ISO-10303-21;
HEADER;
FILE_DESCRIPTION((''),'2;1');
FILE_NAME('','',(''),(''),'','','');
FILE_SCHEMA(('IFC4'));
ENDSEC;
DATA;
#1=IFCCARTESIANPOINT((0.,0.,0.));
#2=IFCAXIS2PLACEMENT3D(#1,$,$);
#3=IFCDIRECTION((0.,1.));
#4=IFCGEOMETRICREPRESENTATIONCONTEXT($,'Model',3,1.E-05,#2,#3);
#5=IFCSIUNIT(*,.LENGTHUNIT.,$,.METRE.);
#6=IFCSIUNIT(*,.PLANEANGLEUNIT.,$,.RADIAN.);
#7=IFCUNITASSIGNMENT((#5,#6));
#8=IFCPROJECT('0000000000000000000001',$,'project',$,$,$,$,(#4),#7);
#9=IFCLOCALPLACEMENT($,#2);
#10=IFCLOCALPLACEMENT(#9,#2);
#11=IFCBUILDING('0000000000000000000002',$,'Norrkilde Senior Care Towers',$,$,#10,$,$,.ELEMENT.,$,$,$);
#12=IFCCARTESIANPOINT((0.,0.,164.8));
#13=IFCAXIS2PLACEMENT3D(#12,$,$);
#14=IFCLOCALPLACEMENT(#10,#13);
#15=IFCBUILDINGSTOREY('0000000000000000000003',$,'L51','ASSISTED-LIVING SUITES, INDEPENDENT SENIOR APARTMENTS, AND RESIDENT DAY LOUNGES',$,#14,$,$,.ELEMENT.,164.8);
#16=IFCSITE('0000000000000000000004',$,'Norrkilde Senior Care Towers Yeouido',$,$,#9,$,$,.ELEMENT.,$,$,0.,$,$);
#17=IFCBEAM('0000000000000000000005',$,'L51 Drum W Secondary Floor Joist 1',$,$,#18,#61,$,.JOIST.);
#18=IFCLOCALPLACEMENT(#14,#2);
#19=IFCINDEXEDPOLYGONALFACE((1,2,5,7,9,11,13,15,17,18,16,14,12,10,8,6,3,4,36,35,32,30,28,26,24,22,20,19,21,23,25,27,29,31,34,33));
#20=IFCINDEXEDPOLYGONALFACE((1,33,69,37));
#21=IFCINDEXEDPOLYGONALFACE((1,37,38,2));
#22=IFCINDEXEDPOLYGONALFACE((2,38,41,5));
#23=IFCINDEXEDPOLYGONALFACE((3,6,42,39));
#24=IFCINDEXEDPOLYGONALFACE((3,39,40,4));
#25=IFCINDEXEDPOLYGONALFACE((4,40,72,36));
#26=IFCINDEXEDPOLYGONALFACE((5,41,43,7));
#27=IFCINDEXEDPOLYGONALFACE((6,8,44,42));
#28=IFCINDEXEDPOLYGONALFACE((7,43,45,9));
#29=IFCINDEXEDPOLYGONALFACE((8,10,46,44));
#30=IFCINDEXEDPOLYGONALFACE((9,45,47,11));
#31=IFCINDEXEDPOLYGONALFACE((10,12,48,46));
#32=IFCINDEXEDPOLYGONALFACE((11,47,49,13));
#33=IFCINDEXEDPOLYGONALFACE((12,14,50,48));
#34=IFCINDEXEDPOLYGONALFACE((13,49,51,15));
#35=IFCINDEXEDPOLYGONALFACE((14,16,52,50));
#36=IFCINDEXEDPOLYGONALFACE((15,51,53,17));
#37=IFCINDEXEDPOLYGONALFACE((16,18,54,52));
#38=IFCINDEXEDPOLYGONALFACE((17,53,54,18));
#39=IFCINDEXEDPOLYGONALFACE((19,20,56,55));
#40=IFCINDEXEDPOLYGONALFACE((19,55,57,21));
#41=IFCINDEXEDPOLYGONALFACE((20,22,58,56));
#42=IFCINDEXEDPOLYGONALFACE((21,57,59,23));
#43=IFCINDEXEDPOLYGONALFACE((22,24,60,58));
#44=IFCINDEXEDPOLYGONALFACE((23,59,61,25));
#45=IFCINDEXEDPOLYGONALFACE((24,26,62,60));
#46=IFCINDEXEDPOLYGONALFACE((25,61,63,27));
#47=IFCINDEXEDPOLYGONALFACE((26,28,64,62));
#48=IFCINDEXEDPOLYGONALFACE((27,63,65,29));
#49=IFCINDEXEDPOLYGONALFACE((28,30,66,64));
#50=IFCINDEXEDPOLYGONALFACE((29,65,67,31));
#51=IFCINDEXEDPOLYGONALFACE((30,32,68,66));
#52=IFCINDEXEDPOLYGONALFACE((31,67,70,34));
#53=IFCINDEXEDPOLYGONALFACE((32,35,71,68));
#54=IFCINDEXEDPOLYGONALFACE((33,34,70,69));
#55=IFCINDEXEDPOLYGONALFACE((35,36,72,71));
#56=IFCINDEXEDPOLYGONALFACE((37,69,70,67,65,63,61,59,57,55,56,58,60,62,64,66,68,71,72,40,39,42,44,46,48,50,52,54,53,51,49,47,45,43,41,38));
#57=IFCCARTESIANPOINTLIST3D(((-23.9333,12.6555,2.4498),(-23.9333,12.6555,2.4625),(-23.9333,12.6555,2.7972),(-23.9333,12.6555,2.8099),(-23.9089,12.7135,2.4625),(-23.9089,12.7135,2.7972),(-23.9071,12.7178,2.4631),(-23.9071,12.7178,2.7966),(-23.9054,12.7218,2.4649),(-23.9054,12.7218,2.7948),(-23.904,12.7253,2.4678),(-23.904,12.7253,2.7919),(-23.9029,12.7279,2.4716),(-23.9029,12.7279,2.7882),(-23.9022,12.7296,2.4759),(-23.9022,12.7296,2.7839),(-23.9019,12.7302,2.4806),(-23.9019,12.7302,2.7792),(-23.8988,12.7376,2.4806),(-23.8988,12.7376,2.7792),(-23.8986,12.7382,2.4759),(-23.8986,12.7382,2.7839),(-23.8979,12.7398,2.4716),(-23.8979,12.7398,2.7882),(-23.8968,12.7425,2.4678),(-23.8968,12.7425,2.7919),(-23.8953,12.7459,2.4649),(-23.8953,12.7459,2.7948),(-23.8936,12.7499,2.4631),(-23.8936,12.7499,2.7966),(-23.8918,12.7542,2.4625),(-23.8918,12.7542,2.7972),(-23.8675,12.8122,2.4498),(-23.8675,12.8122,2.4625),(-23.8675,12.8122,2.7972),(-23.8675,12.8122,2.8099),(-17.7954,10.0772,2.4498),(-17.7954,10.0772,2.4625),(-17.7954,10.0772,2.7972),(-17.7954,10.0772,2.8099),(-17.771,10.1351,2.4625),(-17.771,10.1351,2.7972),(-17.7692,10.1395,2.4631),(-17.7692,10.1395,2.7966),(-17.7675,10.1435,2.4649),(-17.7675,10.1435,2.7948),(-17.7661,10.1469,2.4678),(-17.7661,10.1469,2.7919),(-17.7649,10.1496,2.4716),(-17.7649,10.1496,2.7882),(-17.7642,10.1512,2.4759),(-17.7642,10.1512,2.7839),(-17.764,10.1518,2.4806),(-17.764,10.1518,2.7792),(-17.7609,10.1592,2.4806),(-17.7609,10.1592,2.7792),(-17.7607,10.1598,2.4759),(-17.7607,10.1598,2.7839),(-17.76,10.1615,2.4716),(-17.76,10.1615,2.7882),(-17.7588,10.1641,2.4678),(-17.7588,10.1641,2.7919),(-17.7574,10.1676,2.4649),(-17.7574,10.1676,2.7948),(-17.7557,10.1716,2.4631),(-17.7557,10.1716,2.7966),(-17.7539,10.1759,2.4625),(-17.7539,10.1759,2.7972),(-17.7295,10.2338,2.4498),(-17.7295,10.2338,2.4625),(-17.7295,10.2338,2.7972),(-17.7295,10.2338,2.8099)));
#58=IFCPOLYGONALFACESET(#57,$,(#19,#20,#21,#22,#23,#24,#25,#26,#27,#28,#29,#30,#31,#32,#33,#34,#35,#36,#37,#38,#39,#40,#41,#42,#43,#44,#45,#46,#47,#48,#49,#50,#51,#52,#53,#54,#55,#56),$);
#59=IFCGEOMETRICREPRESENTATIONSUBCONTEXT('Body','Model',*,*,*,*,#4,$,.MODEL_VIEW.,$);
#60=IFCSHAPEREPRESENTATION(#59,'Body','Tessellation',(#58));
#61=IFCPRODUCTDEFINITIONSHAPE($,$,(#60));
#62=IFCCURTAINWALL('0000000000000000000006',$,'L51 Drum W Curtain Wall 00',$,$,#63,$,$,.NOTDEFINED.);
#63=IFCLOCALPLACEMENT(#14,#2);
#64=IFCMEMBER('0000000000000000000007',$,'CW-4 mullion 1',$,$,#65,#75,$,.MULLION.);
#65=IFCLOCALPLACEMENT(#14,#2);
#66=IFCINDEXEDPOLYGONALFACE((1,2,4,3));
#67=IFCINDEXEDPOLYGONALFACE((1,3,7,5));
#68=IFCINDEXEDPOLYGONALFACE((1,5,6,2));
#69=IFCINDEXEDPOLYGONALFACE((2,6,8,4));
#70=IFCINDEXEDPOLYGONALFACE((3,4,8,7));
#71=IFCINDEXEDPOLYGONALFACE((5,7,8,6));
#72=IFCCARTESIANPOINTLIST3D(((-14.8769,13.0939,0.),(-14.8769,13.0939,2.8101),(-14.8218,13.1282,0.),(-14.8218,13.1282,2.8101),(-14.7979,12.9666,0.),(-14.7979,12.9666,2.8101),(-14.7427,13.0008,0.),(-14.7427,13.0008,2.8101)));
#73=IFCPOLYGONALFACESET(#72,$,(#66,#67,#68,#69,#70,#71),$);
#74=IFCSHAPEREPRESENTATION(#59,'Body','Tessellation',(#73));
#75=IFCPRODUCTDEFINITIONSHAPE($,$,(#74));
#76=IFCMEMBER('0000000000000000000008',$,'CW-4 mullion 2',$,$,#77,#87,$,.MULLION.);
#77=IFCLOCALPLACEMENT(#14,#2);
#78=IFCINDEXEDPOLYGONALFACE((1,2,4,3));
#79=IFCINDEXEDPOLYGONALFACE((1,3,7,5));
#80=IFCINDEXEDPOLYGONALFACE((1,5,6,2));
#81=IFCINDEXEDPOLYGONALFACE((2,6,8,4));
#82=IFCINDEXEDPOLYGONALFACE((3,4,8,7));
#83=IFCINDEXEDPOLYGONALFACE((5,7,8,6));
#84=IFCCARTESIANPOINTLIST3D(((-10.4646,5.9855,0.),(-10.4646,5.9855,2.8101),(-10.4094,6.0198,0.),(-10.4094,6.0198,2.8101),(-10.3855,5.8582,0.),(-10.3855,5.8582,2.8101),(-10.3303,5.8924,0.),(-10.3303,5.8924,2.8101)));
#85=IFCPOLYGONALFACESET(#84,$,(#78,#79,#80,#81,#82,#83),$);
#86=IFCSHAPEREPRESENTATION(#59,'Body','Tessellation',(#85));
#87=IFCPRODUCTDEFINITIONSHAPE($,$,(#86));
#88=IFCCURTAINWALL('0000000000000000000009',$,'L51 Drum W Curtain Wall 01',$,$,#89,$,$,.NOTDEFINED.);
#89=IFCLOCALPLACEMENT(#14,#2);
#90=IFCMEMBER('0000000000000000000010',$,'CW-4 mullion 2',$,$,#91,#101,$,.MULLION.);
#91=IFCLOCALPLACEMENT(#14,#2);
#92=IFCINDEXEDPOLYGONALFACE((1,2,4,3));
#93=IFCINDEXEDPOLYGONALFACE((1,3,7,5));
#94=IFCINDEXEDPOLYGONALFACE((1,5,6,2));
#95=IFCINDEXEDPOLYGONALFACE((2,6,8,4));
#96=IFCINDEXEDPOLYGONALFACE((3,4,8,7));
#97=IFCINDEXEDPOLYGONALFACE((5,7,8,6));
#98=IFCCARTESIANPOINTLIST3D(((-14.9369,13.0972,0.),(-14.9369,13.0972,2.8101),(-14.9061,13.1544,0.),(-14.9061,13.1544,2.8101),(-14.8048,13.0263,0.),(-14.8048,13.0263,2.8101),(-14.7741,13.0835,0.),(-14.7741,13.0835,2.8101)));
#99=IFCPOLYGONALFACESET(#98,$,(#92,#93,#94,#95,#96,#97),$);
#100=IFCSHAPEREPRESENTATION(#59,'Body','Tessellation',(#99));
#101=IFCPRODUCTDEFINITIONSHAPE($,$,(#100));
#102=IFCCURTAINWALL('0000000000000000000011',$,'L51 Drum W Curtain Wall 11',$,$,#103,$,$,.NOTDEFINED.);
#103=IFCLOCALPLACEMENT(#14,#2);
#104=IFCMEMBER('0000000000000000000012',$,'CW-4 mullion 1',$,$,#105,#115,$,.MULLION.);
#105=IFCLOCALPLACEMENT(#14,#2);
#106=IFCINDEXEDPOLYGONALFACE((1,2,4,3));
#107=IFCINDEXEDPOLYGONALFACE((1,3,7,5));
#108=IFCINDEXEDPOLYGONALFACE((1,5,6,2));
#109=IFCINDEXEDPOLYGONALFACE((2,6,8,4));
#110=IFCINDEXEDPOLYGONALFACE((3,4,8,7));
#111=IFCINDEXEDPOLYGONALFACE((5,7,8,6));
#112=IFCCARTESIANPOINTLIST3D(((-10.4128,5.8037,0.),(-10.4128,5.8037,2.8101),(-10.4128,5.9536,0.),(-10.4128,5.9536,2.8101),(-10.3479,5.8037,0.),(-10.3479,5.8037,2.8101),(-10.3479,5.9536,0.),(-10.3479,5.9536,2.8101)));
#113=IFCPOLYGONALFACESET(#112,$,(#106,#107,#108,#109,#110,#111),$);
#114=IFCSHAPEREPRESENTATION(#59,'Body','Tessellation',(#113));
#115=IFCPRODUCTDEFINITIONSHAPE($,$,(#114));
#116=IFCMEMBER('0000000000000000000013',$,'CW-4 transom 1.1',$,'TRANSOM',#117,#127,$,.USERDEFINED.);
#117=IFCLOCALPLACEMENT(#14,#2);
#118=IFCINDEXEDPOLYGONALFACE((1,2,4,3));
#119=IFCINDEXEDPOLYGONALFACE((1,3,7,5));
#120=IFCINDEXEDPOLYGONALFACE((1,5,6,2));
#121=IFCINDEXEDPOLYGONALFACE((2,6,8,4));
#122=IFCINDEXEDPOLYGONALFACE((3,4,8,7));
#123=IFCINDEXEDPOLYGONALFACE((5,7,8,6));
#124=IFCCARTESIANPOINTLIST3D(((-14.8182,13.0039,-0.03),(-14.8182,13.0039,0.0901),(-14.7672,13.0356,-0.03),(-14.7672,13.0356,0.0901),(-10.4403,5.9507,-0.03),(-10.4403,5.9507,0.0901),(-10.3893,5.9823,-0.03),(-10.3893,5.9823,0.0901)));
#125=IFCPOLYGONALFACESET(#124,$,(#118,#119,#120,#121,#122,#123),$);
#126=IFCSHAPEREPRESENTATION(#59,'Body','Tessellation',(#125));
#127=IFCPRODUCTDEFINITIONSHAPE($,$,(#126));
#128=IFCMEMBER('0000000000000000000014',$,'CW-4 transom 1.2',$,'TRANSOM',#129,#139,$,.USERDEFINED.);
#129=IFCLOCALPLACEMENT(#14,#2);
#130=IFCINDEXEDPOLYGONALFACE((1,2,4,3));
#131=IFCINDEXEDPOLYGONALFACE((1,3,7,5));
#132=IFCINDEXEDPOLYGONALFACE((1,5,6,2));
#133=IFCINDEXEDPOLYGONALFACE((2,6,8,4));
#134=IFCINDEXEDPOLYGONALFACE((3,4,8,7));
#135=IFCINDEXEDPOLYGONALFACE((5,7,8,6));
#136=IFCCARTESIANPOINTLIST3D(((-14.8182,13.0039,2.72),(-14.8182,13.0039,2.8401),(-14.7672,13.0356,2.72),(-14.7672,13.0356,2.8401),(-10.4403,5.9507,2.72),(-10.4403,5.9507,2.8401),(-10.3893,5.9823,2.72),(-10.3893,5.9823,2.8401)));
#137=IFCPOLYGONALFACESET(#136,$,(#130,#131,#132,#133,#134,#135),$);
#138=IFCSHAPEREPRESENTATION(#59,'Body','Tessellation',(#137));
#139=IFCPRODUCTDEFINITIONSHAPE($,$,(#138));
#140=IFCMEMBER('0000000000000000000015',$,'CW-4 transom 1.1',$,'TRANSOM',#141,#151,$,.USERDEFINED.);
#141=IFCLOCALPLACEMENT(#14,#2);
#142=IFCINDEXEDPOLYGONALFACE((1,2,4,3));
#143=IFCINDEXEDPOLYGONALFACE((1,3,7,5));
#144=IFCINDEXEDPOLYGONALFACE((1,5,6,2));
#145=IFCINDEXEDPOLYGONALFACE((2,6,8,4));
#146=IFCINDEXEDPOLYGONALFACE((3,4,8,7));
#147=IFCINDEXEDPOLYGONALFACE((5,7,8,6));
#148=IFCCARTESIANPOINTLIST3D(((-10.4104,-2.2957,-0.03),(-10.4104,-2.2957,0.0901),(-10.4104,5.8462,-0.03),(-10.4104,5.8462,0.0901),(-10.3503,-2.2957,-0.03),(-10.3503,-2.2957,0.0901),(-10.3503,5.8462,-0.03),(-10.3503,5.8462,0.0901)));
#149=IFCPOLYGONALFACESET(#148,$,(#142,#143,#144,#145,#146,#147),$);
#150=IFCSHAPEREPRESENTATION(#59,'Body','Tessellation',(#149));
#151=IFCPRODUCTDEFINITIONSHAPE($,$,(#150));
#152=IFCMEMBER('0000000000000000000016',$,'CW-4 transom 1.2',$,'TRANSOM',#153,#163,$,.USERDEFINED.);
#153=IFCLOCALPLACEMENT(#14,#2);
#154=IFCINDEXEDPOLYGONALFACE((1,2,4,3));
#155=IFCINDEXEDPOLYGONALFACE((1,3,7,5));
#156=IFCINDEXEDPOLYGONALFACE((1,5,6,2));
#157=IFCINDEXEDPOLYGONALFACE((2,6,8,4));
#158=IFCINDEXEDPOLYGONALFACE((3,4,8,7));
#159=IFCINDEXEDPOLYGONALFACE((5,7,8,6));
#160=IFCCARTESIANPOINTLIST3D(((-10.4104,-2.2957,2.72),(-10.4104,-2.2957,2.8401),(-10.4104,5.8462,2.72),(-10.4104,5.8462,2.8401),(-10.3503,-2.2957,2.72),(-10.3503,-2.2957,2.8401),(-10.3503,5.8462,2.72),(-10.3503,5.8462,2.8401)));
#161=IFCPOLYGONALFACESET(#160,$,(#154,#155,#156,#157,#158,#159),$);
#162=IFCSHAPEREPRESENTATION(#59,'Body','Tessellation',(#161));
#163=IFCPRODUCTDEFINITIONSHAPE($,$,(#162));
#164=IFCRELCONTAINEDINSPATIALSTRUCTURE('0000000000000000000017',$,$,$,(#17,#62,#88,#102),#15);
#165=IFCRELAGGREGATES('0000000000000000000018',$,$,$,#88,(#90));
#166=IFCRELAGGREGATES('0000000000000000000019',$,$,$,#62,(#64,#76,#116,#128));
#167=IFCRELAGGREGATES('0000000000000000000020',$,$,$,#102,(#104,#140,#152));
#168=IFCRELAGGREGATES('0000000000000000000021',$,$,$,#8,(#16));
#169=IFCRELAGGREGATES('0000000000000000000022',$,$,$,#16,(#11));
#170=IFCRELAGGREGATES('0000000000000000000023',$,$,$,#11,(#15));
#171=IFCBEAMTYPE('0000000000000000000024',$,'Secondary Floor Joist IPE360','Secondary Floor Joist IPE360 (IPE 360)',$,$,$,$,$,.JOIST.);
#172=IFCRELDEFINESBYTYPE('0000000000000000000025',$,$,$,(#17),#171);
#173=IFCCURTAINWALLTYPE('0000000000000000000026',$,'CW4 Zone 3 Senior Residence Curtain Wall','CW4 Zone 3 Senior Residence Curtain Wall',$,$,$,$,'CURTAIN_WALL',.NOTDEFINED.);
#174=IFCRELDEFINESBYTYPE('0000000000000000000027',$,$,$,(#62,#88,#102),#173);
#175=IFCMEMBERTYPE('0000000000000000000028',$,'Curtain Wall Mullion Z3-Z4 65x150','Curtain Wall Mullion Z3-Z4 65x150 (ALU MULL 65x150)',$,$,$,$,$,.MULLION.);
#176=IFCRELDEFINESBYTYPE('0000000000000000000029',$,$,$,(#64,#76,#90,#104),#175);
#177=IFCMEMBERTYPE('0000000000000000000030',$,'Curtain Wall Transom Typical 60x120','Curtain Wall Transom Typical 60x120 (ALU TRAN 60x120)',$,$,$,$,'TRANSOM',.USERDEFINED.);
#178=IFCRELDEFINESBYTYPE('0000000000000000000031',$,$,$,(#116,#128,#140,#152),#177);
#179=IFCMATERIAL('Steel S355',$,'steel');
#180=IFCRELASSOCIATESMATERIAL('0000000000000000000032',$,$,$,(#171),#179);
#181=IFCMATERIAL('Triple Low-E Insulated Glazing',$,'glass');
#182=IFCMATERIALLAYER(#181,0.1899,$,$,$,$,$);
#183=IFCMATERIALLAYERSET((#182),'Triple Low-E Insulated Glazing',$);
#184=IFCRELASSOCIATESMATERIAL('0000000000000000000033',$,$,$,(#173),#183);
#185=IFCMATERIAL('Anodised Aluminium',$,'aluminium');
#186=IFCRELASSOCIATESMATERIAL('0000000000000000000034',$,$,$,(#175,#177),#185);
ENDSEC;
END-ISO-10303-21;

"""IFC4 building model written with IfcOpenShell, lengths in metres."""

from ifc_helpers import new_model, si_unit, direction, frame, origin, origin_2d, place, context, subcontext, project, spatial, rectangle, i_section, extrude, source, transform, mapped, material, layer, layer_set, material_profile, profile_set, type_object, type_shapes, element, aggregate, save


model = new_model("IFC4")

# Units and contexts
model_context = context("Model", 3, precision=1e-05, world=origin(), true_north=direction((0.0, 1.0)))
body_context = subcontext(model_context, "Body", "Model", "MODEL_VIEW")
ifc_project = project(units=[si_unit("LENGTHUNIT", "METRE"), si_unit("PLANEANGLEUNIT", "RADIAN")], contexts=[model_context])

# Site, building, storey
site_placement = place(None, origin())
site = spatial("IfcSite", under=ifc_project, at=site_placement, Name="Norrkilde Senior Care Towers Yeouido", CompositionType="ELEMENT", RefElevation=0.0)
building_placement = place(site_placement, origin())
building = spatial("IfcBuilding", under=site, at=building_placement, Name="Norrkilde Senior Care Towers", CompositionType="ELEMENT")
storey_placement = place(building_placement, frame((0.0, 0.0, 164.8)))
storey = spatial("IfcBuildingStorey", under=building, at=storey_placement, Name="L51", Description="ASSISTED-LIVING SUITES, INDEPENDENT SENIOR APARTMENTS, AND RESIDENT DAY LOUNGES", CompositionType="ELEMENT", Elevation=164.8)

# Beam
ifc_material_1 = material(Name="Steel S355", Category="steel")
ifc_material_profile_1 = material_profile(ifc_material_1, i_section(OverallWidth=0.1699, OverallDepth=0.3601, WebThickness=0.0081, FlangeThickness=0.0127, FilletRadius=0.0181, at=origin_2d()), Name="IPE 360")
ifc_profile_set_1 = profile_set([ifc_material_profile_1], Name="Steel S355")
beam_type_1 = type_object("IfcBeamType", Name="Secondary Floor Joist IPE360", Description="Secondary Floor Joist IPE360 (IPE 360)", PredefinedType="JOIST", material=ifc_profile_set_1)
shared_shape_1 = source(origin(), body_context, "Body", "SweptSolid", [
    extrude(i_section(OverallWidth=0.1699, OverallDepth=0.3601, WebThickness=0.0081, FlangeThickness=0.0127, FilletRadius=0.0181, at=origin_2d()), origin(), (0.0, 0.0, 1.0), 6.6575),
])
type_shapes(beam_type_1, [shared_shape_1])
beam_1_placement = place(storey_placement, frame((-17.7625, 10.1555, 2.6299), z_axis=(-0.921959, 0.387288, 0.0), x_axis=(-0.387288, -0.921959, 0.0)))
element("IfcBeam", 1, at=beam_1_placement, inside=storey, type_object=beam_type_1, Name="L51 Drum W Secondary Floor Joist 1", PredefinedType="JOIST", context=body_context, shape_type="MappedRepresentation", body=[
    mapped(shared_shape_1, transform((0.0, 0.0, 0.0), x_axis=(1.0, 0.0, 0.0), y_axis=(0.0, 1.0, 0.0), z_axis=(0.0, 0.0, 1.0), scale=1.0)),
])

# Curtain wall, members
ifc_material_2 = material(Name="Triple Low-E Insulated Glazing", Category="glass")
ifc_layer_1 = layer(ifc_material_2, 0.1899)
ifc_layer_set_1 = layer_set([ifc_layer_1], Name="Triple Low-E Insulated Glazing")
curtain_wall_type = type_object("IfcCurtainWallType", Name="CW4 Zone 3 Senior Residence Curtain Wall", Description="CW4 Zone 3 Senior Residence Curtain Wall", ElementType="CURTAIN_WALL", PredefinedType="NOTDEFINED", material=ifc_layer_set_1)
curtain_wall_1_placement = place(storey_placement, origin())
curtain_wall_1 = element("IfcCurtainWall", 2, at=curtain_wall_1_placement, inside=storey, type_object=curtain_wall_type, Name="L51 Drum W Curtain Wall 00", PredefinedType="NOTDEFINED")
ifc_material_3 = material(Name="Anodised Aluminium", Category="aluminium")
ifc_material_profile_2 = material_profile(ifc_material_3, rectangle(XDim=0.0649, YDim=0.1499, at=origin_2d()), Name="ALU MULL 65x150")
ifc_profile_set_2 = profile_set([ifc_material_profile_2], Name="Anodised Aluminium")
member_type_1 = type_object("IfcMemberType", Name="Curtain Wall Mullion Z3-Z4 65x150", Description="Curtain Wall Mullion Z3-Z4 65x150 (ALU MULL 65x150)", PredefinedType="MULLION", material=ifc_profile_set_2)
shared_shape_2 = source(origin(), body_context, "Body", "SweptSolid", [
    extrude(rectangle(XDim=0.0649, YDim=0.1499, at=origin_2d()), origin(), (0.0, 0.0, 1.0), 2.8101),
])
type_shapes(member_type_1, [shared_shape_2])
member_1_placement = place(storey_placement, frame((-14.8098, 13.0474, 0.0), z_axis=(0.0, 0.0, 1.0), x_axis=(0.849634, 0.527373, 0.0)))
member_1 = element("IfcMember", 3, at=member_1_placement, type_object=member_type_1, Name="CW-4 mullion 1", PredefinedType="MULLION", context=body_context, shape_type="MappedRepresentation", body=[
    mapped(shared_shape_2, transform((0.0, 0.0, 0.0), x_axis=(1.0, 0.0, 0.0), y_axis=(0.0, 1.0, 0.0), z_axis=(0.0, 0.0, 1.0), scale=1.0)),
])
member_2_placement = place(storey_placement, frame((-10.3975, 5.939, 0.0), z_axis=(0.0, 0.0, 1.0), x_axis=(0.849634, 0.527373, 0.0)))
member_2 = element("IfcMember", 4, at=member_2_placement, type_object=member_type_1, Name="CW-4 mullion 2", PredefinedType="MULLION", context=body_context, shape_type="MappedRepresentation", body=[
    mapped(shared_shape_2, transform((0.0, 0.0, 0.0), x_axis=(1.0, 0.0, 0.0), y_axis=(0.0, 1.0, 0.0), z_axis=(0.0, 0.0, 1.0), scale=1.0)),
])

# Curtain walls, members
curtain_wall_2_placement = place(storey_placement, origin())
curtain_wall_2 = element("IfcCurtainWall", 5, at=curtain_wall_2_placement, inside=storey, type_object=curtain_wall_type, Name="L51 Drum W Curtain Wall 01", PredefinedType="NOTDEFINED")
member_3_placement = place(storey_placement, frame((-14.8555, 13.0903, 0.0), z_axis=(0.0, 0.0, 1.0), x_axis=(0.473117, 0.881, 0.0)))
member_3 = element("IfcMember", 6, at=member_3_placement, type_object=member_type_1, Name="CW-4 mullion 2", PredefinedType="MULLION", context=body_context, shape_type="MappedRepresentation", body=[
    mapped(shared_shape_2, transform((0.0, 0.0, 0.0), x_axis=(1.0, 0.0, 0.0), y_axis=(0.0, 1.0, 0.0), z_axis=(0.0, 0.0, 1.0), scale=1.0)),
])
aggregate(curtain_wall_2, [member_3])
curtain_wall_3_placement = place(storey_placement, origin())
curtain_wall_3 = element("IfcCurtainWall", 7, at=curtain_wall_3_placement, inside=storey, type_object=curtain_wall_type, Name="L51 Drum W Curtain Wall 11", PredefinedType="NOTDEFINED")
member_4_placement = place(storey_placement, frame((-10.3804, 5.8787, 0.0), z_axis=(0.0, 0.0, 1.0), x_axis=(1.0, 0.0, 0.0)))
member_4 = element("IfcMember", 8, at=member_4_placement, type_object=member_type_1, Name="CW-4 mullion 1", PredefinedType="MULLION", context=body_context, shape_type="MappedRepresentation", body=[
    mapped(shared_shape_2, transform((0.0, 0.0, 0.0), x_axis=(1.0, 0.0, 0.0), y_axis=(0.0, 1.0, 0.0), z_axis=(0.0, 0.0, 1.0), scale=1.0)),
])

# Members
ifc_material_profile_3 = material_profile(ifc_material_3, rectangle(XDim=0.0601, YDim=0.1201, at=origin_2d()), Name="ALU TRAN 60x120")
ifc_profile_set_3 = profile_set([ifc_material_profile_3], Name="Anodised Aluminium")
member_type_2 = type_object("IfcMemberType", Name="Curtain Wall Transom Typical 60x120", Description="Curtain Wall Transom Typical 60x120 (ALU TRAN 60x120)", ElementType="TRANSOM", PredefinedType="USERDEFINED", material=ifc_profile_set_3)
shared_shape_3 = source(origin(), body_context, "Body", "SweptSolid", [
    extrude(rectangle(XDim=0.0601, YDim=0.1201, at=origin_2d()), origin(), (0.0, 0.0, 1.0), 8.3015),
])
member_5_placement = place(storey_placement, frame((-14.7927, 13.0198, 0.03), z_axis=(0.527369, -0.849637, 0.0), x_axis=(0.849637, 0.527369, 0.0)))
member_5 = element("IfcMember", 9, at=member_5_placement, type_object=member_type_2, Name="CW-4 transom 1.1", ObjectType="TRANSOM", PredefinedType="USERDEFINED", context=body_context, shape_type="MappedRepresentation", body=[
    mapped(shared_shape_3, transform((0.0, 0.0, 0.0), x_axis=(1.0, 0.0, 0.0), y_axis=(0.0, 1.0, 0.0), z_axis=(0.0, 0.0, 1.0), scale=1.0)),
])
member_6_placement = place(storey_placement, frame((-14.7927, 13.0198, 2.78), z_axis=(0.527369, -0.849637, 0.0), x_axis=(0.849637, 0.527369, 0.0)))
member_6 = element("IfcMember", 10, at=member_6_placement, type_object=member_type_2, Name="CW-4 transom 1.2", ObjectType="TRANSOM", PredefinedType="USERDEFINED", context=body_context, shape_type="MappedRepresentation", body=[
    mapped(shared_shape_3, transform((0.0, 0.0, 0.0), x_axis=(1.0, 0.0, 0.0), y_axis=(0.0, 1.0, 0.0), z_axis=(0.0, 0.0, 1.0), scale=1.0)),
])
shared_shape_4 = source(origin(), body_context, "Body", "SweptSolid", [
    extrude(rectangle(XDim=0.0601, YDim=0.1201, at=origin_2d()), origin(), (0.0, 0.0, 1.0), 8.1418),
])
type_shapes(member_type_2, [shared_shape_3, shared_shape_4])
member_7_placement = place(storey_placement, frame((-10.3804, 5.8462, 0.03), z_axis=(0.0, -1.0, 0.0), x_axis=(1.0, 0.0, 0.0)))
member_7 = element("IfcMember", 11, at=member_7_placement, type_object=member_type_2, Name="CW-4 transom 1.1", ObjectType="TRANSOM", PredefinedType="USERDEFINED", context=body_context, shape_type="MappedRepresentation", body=[
    mapped(shared_shape_4, transform((0.0, 0.0, 0.0), x_axis=(1.0, 0.0, 0.0), y_axis=(0.0, 1.0, 0.0), z_axis=(0.0, 0.0, 1.0), scale=1.0)),
])
member_8_placement = place(storey_placement, frame((-10.3804, 5.8462, 2.78), z_axis=(0.0, -1.0, 0.0), x_axis=(1.0, 0.0, 0.0)))
member_8 = element("IfcMember", 12, at=member_8_placement, type_object=member_type_2, Name="CW-4 transom 1.2", ObjectType="TRANSOM", PredefinedType="USERDEFINED", context=body_context, shape_type="MappedRepresentation", body=[
    mapped(shared_shape_4, transform((0.0, 0.0, 0.0), x_axis=(1.0, 0.0, 0.0), y_axis=(0.0, 1.0, 0.0), z_axis=(0.0, 0.0, 1.0), scale=1.0)),
])

aggregate(curtain_wall_1, [member_1, member_2, member_5, member_6])
aggregate(curtain_wall_3, [member_4, member_7, member_8])

save(model, "model.ifc")
